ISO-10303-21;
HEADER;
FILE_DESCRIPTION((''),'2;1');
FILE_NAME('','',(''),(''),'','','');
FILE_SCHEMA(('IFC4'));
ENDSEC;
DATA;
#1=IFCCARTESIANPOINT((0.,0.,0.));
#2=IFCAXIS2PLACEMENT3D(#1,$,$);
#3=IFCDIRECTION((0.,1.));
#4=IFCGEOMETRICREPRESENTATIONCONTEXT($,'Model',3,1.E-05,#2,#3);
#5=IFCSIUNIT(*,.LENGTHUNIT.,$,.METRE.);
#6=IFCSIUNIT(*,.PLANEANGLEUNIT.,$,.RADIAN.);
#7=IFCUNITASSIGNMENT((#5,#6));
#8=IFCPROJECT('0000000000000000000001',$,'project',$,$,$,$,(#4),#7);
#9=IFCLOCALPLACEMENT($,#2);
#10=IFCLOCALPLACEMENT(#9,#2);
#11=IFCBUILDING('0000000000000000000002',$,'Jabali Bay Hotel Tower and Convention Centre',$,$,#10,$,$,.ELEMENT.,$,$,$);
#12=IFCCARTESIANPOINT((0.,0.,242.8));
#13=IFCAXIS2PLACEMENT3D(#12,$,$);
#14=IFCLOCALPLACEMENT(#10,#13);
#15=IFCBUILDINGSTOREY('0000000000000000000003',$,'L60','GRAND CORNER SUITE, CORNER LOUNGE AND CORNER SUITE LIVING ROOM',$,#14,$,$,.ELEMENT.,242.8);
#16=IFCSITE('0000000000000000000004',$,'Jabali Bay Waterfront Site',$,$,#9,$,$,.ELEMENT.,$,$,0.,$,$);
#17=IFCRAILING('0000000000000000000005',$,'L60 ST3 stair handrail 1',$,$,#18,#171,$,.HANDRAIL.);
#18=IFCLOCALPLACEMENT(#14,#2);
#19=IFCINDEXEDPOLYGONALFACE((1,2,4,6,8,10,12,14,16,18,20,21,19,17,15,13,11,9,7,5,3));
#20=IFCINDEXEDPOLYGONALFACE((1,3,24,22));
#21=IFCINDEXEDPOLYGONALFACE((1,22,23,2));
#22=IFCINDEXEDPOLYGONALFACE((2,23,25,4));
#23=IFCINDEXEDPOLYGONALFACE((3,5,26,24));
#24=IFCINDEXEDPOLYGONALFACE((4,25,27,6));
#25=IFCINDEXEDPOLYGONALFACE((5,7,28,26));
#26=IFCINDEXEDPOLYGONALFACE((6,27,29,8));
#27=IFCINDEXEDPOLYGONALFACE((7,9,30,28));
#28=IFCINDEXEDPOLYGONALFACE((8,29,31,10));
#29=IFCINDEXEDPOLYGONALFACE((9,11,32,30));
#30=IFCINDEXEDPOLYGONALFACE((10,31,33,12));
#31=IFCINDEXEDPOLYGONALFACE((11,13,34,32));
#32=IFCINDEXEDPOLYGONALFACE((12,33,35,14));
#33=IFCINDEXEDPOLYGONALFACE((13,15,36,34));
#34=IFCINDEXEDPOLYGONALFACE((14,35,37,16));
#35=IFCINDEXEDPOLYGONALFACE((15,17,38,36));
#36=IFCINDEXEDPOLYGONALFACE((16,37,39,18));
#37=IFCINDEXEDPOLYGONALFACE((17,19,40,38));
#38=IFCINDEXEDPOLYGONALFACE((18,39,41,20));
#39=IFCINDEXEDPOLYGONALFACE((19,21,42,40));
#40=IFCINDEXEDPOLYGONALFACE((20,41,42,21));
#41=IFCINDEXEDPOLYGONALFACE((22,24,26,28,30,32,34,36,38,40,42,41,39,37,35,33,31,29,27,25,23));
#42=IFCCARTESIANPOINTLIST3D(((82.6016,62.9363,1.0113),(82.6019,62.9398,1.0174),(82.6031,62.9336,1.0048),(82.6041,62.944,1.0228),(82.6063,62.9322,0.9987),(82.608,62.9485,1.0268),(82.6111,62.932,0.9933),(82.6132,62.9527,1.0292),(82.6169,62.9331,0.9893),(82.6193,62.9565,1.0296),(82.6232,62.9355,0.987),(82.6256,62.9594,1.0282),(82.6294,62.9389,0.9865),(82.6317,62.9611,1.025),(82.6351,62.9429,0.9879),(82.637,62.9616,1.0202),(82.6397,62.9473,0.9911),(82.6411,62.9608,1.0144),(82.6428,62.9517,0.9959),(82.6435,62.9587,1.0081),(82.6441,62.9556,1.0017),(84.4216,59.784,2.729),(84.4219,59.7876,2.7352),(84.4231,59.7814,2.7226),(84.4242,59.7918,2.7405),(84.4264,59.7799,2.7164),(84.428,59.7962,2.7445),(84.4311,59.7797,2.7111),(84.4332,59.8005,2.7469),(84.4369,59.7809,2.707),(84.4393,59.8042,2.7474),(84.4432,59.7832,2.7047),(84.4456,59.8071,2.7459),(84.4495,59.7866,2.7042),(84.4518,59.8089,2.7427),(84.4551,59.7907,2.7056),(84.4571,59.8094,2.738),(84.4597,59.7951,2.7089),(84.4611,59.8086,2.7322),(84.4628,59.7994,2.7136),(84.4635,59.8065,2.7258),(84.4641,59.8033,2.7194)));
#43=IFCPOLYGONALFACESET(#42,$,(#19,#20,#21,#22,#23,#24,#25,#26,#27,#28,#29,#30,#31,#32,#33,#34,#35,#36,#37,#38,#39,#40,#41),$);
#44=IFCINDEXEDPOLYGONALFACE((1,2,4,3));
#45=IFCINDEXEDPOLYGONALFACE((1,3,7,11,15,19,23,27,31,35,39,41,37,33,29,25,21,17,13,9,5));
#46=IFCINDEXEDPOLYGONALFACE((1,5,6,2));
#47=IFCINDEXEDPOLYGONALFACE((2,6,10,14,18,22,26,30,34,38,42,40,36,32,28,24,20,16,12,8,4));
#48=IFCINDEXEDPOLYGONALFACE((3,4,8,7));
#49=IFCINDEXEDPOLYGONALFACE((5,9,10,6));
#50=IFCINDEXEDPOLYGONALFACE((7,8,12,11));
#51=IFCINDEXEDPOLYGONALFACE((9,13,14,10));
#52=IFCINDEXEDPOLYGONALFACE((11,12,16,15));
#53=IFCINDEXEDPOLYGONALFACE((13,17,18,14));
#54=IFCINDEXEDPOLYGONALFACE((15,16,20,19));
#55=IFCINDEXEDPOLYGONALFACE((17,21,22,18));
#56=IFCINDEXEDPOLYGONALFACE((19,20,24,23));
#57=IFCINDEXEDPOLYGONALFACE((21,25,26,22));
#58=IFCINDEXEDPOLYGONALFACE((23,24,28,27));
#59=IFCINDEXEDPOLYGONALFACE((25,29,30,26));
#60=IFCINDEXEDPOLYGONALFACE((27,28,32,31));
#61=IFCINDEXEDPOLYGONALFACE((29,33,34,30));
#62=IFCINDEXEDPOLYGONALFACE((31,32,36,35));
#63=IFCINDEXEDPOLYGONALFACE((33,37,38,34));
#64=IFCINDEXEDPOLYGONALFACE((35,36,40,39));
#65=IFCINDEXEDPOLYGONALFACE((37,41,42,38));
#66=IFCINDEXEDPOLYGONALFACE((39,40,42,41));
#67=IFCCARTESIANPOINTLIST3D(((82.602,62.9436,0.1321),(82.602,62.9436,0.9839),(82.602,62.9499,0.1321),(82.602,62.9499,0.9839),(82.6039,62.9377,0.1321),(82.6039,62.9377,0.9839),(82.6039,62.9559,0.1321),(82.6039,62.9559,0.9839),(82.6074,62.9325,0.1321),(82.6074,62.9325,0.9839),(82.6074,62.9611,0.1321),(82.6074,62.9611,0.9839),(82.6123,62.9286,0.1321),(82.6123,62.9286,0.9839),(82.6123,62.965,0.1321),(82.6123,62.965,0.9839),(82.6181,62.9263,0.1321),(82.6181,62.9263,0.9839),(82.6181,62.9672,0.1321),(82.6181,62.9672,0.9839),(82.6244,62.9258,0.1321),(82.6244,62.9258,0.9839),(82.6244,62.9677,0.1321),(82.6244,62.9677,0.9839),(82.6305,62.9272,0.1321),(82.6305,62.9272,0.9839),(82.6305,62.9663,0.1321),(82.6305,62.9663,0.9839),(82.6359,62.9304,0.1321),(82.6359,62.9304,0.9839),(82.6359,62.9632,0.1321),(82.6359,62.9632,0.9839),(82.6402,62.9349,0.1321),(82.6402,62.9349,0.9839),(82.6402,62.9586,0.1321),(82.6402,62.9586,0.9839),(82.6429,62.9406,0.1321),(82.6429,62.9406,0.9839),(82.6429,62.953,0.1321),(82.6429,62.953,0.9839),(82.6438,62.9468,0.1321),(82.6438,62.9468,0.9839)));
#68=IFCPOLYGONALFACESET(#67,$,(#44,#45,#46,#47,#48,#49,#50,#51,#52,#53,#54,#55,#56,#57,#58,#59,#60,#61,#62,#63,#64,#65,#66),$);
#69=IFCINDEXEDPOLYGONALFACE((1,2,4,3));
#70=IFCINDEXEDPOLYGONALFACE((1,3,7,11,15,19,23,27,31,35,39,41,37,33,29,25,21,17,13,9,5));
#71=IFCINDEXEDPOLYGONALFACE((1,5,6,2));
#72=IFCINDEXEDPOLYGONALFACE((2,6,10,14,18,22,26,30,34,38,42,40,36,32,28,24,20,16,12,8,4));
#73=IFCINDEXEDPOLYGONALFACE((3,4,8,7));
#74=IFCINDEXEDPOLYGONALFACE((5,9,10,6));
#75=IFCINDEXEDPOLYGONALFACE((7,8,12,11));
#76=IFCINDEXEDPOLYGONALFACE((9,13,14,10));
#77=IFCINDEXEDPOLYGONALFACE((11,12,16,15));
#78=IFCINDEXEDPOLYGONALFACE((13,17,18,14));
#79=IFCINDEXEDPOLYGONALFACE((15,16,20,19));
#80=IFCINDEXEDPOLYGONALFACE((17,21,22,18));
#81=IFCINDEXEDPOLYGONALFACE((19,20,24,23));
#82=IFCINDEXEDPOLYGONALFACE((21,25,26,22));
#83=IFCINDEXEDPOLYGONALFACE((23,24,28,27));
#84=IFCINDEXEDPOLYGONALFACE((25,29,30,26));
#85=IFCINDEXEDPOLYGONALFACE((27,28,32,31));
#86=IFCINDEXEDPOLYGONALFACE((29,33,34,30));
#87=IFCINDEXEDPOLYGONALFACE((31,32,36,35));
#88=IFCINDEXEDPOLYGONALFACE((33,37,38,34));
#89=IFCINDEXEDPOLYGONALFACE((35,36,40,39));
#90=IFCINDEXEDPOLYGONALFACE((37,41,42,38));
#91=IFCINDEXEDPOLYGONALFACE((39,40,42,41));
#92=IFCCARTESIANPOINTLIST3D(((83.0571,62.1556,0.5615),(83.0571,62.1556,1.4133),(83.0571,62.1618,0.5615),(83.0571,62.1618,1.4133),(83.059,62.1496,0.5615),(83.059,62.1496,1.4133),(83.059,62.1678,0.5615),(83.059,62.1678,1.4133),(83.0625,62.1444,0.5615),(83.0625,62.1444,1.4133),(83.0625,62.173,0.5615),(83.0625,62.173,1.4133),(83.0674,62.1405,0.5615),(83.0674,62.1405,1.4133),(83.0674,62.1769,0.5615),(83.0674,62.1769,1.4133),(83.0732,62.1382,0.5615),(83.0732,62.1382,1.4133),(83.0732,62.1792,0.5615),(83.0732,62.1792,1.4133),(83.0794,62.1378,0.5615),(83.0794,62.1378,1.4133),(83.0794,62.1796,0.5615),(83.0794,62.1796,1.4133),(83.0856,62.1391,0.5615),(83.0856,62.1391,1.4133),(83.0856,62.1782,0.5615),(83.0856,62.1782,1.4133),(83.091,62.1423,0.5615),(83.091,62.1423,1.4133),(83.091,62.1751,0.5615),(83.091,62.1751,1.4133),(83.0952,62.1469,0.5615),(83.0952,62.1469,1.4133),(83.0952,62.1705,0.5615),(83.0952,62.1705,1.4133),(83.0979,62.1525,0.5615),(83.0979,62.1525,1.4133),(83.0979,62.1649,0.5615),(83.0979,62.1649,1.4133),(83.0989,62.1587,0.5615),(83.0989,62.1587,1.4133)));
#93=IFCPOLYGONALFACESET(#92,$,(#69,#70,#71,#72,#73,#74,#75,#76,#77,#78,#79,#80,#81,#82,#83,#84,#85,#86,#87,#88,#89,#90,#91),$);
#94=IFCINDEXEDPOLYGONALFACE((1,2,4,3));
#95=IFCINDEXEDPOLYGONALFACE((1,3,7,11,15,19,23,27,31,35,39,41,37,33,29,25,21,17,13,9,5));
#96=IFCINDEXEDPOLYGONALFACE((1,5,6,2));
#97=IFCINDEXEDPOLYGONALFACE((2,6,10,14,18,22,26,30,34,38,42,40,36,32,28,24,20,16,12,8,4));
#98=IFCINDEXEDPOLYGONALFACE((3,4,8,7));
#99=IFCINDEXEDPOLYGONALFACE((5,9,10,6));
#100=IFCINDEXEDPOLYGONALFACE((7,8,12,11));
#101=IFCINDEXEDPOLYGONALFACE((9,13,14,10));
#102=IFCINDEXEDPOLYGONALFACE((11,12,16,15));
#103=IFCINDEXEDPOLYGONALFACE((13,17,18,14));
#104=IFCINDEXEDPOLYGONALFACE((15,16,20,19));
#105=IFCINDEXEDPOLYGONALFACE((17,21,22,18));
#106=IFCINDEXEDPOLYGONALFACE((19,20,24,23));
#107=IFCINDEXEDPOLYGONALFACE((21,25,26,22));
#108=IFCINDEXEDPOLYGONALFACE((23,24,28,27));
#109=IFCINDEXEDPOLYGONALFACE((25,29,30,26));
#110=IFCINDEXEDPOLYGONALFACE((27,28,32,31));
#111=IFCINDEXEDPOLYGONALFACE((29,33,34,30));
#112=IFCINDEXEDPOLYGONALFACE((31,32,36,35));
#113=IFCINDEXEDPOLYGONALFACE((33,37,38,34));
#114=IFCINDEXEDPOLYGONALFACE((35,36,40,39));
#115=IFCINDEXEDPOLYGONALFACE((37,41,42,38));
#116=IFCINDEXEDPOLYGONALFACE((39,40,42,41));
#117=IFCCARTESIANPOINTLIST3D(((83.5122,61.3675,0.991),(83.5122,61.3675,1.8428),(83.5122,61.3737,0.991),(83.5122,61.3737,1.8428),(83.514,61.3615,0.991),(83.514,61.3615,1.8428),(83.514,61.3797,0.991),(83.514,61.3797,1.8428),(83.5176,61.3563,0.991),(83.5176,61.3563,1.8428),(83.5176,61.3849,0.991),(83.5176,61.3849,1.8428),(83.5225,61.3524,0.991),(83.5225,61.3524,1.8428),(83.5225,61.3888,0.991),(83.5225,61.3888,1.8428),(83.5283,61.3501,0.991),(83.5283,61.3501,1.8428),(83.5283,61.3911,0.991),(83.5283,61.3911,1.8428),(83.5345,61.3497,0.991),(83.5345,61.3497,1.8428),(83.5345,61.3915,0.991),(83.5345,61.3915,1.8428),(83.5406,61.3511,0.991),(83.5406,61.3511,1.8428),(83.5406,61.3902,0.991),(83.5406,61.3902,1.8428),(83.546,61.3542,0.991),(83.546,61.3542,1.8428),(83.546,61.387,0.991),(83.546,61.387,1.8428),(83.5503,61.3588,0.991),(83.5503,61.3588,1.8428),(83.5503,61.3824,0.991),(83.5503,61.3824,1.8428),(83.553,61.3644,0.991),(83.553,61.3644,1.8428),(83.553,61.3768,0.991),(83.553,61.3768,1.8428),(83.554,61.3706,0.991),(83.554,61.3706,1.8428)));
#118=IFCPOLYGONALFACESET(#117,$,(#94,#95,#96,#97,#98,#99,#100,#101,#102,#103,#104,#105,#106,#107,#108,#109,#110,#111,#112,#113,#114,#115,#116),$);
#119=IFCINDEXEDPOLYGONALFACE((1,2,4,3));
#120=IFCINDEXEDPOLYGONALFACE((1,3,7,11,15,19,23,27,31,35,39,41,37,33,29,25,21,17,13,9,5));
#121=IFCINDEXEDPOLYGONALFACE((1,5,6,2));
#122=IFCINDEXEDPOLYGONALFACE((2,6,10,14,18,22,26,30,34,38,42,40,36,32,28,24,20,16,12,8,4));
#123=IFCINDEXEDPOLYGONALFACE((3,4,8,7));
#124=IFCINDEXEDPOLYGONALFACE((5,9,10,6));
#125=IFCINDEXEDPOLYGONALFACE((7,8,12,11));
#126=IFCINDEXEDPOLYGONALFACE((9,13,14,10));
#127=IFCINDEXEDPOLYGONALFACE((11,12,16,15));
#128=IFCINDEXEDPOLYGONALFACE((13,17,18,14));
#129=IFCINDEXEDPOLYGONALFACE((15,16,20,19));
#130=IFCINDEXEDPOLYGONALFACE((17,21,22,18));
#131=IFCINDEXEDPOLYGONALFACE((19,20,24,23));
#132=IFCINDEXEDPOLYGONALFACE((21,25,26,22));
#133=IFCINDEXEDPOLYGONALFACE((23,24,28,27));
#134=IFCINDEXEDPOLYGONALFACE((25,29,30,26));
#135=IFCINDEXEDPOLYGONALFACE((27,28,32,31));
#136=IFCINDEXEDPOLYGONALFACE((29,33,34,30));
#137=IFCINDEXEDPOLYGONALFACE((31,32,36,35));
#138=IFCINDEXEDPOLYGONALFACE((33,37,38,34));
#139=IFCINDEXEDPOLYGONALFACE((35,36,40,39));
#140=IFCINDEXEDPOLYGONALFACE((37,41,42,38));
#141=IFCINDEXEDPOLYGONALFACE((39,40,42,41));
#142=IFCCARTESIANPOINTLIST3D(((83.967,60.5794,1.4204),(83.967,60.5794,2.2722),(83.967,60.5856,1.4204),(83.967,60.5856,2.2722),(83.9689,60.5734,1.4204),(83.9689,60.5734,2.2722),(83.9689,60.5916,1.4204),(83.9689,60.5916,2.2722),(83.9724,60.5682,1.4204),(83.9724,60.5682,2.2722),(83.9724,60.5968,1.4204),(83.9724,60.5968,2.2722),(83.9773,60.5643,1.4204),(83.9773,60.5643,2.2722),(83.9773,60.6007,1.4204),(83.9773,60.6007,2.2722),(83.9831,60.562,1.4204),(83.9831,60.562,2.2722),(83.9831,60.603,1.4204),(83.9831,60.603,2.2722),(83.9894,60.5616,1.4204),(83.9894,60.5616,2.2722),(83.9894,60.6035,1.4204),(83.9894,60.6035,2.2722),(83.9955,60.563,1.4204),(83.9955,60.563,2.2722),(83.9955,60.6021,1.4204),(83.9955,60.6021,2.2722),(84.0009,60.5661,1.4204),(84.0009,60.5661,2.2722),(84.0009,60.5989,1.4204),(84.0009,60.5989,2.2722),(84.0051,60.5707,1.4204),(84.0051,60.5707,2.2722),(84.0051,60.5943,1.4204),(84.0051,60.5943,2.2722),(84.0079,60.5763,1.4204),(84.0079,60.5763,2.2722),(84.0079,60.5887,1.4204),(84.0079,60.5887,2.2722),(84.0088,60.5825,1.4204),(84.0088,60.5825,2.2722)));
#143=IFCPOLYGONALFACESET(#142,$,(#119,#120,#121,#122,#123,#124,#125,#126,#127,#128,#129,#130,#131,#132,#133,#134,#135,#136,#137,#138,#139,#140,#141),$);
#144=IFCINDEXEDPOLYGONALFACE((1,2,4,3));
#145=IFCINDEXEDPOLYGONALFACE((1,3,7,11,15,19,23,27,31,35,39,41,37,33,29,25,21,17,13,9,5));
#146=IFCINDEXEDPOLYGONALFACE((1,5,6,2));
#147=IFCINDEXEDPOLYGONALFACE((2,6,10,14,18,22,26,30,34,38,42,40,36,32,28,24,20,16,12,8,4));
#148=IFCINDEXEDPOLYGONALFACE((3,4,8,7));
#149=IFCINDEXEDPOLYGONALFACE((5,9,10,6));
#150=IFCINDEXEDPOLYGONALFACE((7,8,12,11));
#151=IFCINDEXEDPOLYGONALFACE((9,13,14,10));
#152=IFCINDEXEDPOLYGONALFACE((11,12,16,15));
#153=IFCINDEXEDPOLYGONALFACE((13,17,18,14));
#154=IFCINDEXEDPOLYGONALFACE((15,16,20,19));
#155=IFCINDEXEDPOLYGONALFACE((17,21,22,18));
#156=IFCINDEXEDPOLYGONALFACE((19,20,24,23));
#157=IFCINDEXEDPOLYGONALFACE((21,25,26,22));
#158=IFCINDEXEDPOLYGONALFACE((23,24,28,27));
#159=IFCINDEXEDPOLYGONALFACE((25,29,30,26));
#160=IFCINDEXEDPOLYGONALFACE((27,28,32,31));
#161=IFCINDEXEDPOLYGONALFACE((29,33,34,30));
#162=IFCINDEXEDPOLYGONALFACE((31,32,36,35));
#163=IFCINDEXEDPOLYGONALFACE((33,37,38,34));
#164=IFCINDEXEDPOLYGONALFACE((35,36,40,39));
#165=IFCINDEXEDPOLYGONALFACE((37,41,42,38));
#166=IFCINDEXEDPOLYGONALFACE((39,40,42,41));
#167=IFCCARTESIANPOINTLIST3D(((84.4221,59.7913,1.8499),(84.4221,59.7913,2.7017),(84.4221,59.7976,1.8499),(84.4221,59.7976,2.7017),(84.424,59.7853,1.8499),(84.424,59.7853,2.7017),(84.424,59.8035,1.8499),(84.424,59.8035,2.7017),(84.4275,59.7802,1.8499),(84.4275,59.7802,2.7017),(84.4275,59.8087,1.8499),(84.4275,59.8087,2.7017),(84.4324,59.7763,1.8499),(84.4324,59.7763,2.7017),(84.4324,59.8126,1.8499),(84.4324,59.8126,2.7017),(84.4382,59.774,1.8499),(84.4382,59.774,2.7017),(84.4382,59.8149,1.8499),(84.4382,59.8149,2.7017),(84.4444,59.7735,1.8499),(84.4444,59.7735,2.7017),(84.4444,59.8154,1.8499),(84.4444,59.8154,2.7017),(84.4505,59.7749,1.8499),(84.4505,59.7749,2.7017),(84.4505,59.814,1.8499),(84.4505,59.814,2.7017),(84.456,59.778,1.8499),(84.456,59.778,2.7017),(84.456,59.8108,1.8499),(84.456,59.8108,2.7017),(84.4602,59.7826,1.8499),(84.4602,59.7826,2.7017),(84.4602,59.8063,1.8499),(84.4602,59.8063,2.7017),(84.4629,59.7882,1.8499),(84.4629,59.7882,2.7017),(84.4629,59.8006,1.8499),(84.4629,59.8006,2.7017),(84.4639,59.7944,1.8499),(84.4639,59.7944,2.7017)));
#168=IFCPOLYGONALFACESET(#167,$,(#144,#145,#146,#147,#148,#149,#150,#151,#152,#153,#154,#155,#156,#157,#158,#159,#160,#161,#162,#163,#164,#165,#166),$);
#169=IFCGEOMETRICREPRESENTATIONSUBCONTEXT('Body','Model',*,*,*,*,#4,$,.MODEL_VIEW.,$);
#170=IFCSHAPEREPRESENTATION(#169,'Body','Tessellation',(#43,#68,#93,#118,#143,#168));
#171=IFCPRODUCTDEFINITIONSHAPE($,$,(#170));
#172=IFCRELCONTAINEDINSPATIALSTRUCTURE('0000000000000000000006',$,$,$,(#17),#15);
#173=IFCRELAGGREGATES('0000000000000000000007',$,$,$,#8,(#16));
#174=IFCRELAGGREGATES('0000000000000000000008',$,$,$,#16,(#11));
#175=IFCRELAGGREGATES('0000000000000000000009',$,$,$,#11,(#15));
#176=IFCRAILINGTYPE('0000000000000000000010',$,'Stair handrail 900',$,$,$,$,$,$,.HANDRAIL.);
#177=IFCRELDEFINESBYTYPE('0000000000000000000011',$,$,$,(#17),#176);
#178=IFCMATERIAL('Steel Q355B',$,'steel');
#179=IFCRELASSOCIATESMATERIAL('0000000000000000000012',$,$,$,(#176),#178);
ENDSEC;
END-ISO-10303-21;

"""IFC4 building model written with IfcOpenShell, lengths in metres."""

from ifc_helpers import new_model, si_unit, direction, frame, origin, origin_2d, place, context, subcontext, project, spatial, circle, extrude, material, type_object, element, save


model = new_model("IFC4")

# Units and contexts
model_context = context("Model", 3, precision=1e-05, world=origin(), true_north=direction((0.0, 1.0)))
body_context = subcontext(model_context, "Body", "Model", "MODEL_VIEW")
ifc_project = project(units=[si_unit("LENGTHUNIT", "METRE"), si_unit("PLANEANGLEUNIT", "RADIAN")], contexts=[model_context])

# Site, building, storey
site_placement = place(None, origin())
site = spatial("IfcSite", under=ifc_project, at=site_placement, Name="Jabali Bay Waterfront Site", CompositionType="ELEMENT", RefElevation=0.0)
building_placement = place(site_placement, origin())
building = spatial("IfcBuilding", under=site, at=building_placement, Name="Jabali Bay Hotel Tower and Convention Centre", CompositionType="ELEMENT")
storey_placement = place(building_placement, frame((0.0, 0.0, 242.8)))
storey = spatial("IfcBuildingStorey", under=building, at=storey_placement, Name="L60", Description="GRAND CORNER SUITE, CORNER LOUNGE AND CORNER SUITE LIVING ROOM", CompositionType="ELEMENT", Elevation=242.8)

# Railing
ifc_material_1 = material(Name="Steel Q355B", Category="steel")
railing_type_1 = type_object("IfcRailingType", Name="Stair handrail 900", PredefinedType="HANDRAIL", material=ifc_material_1)
railing_1_placement = place(storey_placement, frame((82.6228, 62.9468, 0.1321)))
element("IfcRailing", 1, at=railing_1_placement, inside=storey, type_object=railing_type_1, Name="L60 ST3 stair handrail 1", PredefinedType="HANDRAIL", context=body_context, shape_type="SweptSolid", body=[
    extrude(circle(Radius=0.0239, at=origin_2d()), frame((0.0, 0.0, 0.876), z_axis=(0.45219, -0.78319, 0.426775), x_axis=(0.866018, 0.500013, 0.0)), (0.0, 0.0, 1.0), 4.0249),
    extrude(circle(Radius=0.021, at=origin_2d()), origin(), (0.0, 0.0, 1.0), 0.8518),
    extrude(circle(Radius=0.021, at=origin_2d()), frame((0.4551, -0.7881, 0.4294)), (0.0, 0.0, 1.0), 0.8518),
    extrude(circle(Radius=0.021, at=origin_2d()), frame((0.9102, -1.5762, 0.8589)), (0.0, 0.0, 1.0), 0.8518),
    extrude(circle(Radius=0.021, at=origin_2d()), frame((1.365, -2.3643, 1.2883)), (0.0, 0.0, 1.0), 0.8518),
    extrude(circle(Radius=0.021, at=origin_2d()), frame((1.8201, -3.1523, 1.7178)), (0.0, 0.0, 1.0), 0.8518),
])

save(model, "model.ifc")
